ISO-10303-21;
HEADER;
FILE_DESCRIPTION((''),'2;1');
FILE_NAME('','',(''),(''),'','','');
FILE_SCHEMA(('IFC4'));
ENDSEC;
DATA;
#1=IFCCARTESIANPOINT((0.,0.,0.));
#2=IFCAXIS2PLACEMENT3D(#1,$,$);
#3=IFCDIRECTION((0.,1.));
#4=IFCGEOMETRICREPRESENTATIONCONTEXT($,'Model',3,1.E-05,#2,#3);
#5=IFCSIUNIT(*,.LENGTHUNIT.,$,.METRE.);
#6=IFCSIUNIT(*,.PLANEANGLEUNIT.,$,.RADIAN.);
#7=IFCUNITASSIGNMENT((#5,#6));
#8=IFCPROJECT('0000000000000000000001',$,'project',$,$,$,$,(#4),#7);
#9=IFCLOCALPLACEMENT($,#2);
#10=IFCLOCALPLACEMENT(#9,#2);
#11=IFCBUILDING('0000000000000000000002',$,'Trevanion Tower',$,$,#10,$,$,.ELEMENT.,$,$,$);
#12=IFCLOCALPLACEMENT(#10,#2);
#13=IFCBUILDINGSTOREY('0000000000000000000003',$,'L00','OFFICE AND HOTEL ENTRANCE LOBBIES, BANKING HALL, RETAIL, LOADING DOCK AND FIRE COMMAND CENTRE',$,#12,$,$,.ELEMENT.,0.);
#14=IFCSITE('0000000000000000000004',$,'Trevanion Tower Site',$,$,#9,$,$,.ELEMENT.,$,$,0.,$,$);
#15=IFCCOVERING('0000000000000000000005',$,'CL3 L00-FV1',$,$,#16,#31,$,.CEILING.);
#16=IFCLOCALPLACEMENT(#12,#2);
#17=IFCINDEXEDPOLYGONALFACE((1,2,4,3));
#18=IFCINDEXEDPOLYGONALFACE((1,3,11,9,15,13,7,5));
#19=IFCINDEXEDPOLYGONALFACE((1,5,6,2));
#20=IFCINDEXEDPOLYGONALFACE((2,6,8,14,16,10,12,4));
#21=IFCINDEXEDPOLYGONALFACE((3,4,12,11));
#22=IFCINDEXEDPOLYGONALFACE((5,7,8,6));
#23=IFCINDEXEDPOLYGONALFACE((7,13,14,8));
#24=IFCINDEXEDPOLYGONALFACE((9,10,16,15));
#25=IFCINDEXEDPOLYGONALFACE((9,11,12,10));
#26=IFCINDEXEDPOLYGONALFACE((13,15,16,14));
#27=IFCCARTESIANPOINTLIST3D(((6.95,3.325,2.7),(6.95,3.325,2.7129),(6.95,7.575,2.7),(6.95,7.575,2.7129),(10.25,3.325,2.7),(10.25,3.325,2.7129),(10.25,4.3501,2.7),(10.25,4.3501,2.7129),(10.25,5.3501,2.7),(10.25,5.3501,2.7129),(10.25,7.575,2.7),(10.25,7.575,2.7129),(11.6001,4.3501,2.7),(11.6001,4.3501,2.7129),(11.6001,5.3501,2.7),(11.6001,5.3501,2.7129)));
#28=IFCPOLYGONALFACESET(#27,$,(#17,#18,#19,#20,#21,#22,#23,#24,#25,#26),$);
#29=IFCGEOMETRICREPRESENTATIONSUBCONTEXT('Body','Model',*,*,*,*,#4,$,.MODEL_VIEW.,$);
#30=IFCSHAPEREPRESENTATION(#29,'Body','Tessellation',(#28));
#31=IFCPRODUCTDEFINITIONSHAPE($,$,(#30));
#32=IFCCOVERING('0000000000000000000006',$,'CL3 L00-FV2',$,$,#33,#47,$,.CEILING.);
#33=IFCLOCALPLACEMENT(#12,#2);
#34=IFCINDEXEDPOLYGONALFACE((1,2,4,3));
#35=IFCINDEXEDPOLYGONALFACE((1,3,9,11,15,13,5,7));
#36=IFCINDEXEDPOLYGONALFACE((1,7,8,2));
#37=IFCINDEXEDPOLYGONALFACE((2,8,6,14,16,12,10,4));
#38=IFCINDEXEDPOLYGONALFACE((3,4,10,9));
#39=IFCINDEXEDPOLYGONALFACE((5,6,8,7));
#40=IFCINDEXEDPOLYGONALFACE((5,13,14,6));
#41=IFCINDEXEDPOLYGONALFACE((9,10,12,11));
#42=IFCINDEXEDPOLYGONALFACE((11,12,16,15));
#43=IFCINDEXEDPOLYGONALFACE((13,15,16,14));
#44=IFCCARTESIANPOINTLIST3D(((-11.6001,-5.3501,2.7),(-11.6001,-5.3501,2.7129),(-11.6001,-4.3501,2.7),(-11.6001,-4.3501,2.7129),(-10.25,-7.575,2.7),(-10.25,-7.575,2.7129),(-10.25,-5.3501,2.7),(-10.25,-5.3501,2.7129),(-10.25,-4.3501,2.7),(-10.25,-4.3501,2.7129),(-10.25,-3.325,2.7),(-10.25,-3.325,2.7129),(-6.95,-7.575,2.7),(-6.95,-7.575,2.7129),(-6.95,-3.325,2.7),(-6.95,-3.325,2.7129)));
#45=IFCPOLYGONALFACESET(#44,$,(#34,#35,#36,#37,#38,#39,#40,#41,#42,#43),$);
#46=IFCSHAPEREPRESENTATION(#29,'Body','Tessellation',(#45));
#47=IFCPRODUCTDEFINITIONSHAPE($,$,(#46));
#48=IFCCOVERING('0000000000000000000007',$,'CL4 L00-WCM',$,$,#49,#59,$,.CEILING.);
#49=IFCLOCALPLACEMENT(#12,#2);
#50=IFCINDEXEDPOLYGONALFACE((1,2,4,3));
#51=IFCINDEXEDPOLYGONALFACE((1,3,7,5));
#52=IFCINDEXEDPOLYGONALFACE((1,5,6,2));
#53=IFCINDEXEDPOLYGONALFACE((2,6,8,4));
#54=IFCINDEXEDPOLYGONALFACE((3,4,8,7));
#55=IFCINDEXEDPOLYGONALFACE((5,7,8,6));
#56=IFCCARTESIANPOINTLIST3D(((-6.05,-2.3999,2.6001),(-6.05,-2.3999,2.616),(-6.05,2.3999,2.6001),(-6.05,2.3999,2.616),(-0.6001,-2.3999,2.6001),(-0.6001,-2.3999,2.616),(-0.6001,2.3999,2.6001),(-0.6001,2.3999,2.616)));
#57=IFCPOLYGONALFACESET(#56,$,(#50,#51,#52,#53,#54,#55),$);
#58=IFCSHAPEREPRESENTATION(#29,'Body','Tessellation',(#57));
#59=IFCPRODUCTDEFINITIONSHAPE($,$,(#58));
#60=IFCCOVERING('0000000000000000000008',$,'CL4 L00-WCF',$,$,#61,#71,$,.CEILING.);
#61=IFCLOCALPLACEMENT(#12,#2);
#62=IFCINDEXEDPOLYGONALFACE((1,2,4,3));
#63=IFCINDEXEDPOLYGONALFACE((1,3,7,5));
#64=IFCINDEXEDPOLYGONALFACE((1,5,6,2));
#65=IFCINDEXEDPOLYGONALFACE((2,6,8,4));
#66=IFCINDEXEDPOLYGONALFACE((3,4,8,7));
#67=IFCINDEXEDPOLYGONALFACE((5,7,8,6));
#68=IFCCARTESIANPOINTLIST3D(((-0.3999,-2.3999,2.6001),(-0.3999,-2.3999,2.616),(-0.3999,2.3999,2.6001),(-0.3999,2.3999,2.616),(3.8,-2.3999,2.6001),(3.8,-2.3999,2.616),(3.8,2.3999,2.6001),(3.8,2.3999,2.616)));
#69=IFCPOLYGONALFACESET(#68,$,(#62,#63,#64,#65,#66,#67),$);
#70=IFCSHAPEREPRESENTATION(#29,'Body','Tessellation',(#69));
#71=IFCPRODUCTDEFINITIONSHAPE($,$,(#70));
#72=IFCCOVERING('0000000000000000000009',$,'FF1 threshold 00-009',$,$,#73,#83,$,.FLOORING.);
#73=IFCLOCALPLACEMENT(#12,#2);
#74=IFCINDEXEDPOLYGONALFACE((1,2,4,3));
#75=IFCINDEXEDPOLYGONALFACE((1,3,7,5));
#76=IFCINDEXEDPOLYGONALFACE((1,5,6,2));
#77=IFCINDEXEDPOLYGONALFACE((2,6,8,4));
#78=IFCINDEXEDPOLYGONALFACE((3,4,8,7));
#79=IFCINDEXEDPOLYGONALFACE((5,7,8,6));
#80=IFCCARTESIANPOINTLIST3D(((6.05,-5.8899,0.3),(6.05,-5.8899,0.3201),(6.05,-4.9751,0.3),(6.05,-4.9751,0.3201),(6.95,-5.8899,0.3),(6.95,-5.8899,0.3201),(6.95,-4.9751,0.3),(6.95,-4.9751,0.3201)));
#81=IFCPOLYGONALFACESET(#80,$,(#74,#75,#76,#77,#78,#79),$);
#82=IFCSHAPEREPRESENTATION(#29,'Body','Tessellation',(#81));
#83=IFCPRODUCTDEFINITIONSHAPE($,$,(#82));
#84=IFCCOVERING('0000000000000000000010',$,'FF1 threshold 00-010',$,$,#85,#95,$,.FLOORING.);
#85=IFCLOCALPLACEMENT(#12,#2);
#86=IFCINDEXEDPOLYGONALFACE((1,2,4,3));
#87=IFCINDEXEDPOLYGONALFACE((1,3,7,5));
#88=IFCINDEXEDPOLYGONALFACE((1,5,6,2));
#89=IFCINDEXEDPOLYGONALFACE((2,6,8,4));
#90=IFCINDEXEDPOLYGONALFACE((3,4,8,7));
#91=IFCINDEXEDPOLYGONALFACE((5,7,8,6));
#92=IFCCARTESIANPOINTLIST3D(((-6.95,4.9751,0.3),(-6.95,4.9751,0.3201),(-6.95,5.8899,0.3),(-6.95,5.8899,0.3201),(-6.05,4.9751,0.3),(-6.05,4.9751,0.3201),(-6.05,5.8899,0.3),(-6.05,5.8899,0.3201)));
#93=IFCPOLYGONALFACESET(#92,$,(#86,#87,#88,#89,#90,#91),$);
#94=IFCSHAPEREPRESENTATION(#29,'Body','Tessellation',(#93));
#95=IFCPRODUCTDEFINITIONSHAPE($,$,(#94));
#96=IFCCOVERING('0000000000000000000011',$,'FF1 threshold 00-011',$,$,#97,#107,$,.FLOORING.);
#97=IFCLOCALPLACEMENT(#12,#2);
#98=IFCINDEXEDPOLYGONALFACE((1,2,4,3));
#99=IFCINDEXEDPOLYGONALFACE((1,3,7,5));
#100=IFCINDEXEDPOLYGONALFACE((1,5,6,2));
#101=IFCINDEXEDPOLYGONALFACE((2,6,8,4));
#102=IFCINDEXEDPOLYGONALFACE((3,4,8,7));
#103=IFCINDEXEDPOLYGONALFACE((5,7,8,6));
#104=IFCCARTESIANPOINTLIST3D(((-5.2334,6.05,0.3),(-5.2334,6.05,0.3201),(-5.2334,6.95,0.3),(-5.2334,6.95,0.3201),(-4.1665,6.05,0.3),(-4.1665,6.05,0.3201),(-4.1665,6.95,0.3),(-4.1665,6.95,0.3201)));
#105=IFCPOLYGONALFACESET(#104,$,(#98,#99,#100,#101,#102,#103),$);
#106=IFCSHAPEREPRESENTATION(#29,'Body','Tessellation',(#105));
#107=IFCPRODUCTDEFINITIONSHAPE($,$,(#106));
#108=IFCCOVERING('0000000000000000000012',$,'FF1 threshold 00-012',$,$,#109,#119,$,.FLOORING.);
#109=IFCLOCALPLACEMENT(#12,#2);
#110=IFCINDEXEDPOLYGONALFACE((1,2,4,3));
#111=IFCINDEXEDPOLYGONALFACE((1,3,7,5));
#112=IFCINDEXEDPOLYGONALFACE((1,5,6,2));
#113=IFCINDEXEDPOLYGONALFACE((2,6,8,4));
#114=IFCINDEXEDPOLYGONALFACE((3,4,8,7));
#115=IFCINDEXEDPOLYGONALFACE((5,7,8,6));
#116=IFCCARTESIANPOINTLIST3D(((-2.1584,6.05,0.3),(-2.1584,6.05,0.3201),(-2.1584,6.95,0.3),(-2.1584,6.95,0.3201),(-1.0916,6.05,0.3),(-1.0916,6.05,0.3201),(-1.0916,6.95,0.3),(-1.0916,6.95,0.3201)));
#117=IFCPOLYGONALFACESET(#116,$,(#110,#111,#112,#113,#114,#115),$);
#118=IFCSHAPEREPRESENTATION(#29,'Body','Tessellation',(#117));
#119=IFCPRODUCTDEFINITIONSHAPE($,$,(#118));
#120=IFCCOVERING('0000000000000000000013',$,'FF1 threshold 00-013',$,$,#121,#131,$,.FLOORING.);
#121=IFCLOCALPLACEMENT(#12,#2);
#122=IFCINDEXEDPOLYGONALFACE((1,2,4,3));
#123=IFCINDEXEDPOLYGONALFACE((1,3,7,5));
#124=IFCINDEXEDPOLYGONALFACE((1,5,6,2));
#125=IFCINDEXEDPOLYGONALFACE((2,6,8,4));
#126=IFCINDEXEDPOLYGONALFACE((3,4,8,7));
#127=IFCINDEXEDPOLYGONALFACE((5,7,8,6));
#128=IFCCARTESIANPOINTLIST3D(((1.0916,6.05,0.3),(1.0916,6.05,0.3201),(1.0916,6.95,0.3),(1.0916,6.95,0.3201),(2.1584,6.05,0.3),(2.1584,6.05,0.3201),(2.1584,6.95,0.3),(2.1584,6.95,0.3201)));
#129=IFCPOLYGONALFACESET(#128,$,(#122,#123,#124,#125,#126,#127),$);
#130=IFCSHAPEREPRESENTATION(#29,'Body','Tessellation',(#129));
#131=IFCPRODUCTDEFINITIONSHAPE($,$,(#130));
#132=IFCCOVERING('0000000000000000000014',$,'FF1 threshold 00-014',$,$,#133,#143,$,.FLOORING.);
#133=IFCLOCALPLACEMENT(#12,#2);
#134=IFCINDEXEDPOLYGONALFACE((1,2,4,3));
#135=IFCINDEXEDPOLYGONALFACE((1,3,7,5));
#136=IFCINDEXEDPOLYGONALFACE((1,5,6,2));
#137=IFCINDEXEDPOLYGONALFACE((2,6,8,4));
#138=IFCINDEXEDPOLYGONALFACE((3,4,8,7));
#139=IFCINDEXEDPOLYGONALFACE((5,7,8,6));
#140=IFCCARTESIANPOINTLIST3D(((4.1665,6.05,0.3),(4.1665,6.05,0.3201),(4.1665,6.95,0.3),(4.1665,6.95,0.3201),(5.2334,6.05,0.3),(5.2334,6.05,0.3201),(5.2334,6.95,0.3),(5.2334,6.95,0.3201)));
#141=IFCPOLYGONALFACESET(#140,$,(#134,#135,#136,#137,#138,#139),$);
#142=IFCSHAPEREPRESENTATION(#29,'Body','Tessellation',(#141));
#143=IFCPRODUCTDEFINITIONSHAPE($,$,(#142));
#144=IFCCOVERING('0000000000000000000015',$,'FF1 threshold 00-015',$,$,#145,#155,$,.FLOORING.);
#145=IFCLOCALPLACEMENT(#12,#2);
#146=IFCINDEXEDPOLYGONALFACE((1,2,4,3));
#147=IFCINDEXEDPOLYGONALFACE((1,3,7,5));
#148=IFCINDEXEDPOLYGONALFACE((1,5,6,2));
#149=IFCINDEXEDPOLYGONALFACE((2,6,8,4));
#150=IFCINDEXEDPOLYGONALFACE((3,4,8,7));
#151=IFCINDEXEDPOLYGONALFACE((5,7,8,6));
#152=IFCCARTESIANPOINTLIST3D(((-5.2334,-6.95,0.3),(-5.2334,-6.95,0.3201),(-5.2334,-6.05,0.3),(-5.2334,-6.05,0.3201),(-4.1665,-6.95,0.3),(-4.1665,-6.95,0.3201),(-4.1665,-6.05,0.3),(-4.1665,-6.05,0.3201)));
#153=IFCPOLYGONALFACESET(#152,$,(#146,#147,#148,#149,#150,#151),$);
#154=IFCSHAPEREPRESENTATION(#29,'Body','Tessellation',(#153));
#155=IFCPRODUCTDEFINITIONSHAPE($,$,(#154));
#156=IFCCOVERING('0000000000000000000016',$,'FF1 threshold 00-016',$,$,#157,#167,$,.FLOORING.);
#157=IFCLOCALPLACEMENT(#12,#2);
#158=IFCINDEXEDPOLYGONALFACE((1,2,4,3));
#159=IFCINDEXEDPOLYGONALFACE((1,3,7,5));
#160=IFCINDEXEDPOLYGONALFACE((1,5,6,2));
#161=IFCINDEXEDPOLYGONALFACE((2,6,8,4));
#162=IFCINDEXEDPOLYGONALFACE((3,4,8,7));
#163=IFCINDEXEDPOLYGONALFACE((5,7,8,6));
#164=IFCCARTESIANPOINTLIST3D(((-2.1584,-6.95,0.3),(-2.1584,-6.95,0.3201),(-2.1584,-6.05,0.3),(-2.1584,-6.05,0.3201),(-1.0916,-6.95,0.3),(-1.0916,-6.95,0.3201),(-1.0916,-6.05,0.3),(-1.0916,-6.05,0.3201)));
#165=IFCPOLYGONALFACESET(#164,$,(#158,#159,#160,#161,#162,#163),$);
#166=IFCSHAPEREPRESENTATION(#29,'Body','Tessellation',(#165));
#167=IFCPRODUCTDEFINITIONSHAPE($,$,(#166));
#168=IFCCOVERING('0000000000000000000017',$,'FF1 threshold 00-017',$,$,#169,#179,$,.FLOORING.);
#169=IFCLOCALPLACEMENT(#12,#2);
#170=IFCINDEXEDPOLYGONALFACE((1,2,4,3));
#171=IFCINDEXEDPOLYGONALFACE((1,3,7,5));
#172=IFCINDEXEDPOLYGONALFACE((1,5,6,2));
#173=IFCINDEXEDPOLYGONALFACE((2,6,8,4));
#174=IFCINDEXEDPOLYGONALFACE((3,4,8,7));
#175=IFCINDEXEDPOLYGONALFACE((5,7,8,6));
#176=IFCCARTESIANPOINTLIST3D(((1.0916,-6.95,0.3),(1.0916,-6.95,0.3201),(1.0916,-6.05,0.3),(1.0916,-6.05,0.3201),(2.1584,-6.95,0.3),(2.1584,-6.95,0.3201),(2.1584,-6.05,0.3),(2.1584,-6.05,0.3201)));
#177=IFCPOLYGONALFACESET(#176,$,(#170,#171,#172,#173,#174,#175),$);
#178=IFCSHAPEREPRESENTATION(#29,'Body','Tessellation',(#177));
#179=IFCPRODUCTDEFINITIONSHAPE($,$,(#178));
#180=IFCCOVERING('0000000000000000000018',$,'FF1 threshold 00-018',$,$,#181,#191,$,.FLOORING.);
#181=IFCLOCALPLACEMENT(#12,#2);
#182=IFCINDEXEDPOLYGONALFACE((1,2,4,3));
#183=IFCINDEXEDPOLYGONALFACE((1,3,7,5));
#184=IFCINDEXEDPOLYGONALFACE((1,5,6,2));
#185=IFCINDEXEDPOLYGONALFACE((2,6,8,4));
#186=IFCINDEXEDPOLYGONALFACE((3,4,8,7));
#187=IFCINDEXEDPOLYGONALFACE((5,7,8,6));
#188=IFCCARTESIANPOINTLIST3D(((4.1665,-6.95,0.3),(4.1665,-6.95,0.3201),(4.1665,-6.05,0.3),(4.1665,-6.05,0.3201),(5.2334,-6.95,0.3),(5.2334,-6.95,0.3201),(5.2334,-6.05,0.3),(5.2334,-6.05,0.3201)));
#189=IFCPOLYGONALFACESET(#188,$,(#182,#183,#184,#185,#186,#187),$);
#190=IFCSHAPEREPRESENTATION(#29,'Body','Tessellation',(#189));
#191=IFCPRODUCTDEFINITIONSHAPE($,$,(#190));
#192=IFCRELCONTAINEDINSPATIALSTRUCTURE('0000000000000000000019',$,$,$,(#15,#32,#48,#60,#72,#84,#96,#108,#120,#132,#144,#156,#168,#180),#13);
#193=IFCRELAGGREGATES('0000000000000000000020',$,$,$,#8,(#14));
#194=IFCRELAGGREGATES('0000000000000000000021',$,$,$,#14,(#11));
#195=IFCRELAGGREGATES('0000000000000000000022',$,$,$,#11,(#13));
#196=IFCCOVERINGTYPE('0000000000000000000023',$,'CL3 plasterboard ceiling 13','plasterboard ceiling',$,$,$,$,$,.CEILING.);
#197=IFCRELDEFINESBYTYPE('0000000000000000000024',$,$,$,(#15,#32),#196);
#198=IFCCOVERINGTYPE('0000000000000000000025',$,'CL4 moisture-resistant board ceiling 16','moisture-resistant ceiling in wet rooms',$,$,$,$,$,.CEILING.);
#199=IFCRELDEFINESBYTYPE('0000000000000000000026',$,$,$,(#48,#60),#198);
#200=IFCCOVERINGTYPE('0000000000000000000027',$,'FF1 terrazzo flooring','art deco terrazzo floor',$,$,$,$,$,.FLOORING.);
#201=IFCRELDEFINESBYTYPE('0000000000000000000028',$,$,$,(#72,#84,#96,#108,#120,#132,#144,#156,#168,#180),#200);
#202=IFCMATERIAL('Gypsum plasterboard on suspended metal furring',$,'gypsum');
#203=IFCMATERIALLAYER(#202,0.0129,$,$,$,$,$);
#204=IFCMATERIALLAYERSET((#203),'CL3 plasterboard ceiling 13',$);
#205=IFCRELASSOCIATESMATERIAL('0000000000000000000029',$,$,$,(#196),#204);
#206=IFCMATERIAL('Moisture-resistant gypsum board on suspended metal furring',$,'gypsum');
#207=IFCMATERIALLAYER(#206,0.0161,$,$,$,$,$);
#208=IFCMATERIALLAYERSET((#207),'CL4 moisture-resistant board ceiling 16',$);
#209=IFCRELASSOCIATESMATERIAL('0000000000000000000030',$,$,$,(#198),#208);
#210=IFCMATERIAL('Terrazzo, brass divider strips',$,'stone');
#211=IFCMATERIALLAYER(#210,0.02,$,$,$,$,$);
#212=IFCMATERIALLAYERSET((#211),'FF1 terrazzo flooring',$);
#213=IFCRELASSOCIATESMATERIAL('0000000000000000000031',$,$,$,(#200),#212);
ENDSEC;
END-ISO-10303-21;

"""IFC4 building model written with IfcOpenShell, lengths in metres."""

from ifc_helpers import new_model, si_unit, direction, frame, origin, place, context, subcontext, project, spatial, polyline, outline, extrude, material, layer, layer_set, type_object, element, save


model = new_model("IFC4")

# Units and contexts
model_context = context("Model", 3, precision=1e-05, world=origin(), true_north=direction((0.0, 1.0)))
body_context = subcontext(model_context, "Body", "Model", "MODEL_VIEW")
ifc_project = project(units=[si_unit("LENGTHUNIT", "METRE"), si_unit("PLANEANGLEUNIT", "RADIAN")], contexts=[model_context])

# Site, building, storey
site_placement = place(None, origin())
site = spatial("IfcSite", under=ifc_project, at=site_placement, Name="Trevanion Tower Site", CompositionType="ELEMENT", RefElevation=0.0)
building_placement = place(site_placement, origin())
building = spatial("IfcBuilding", under=site, at=building_placement, Name="Trevanion Tower", CompositionType="ELEMENT")
storey_placement = place(building_placement, origin())
storey = spatial("IfcBuildingStorey", under=building, at=storey_placement, Name="L00", Description="OFFICE AND HOTEL ENTRANCE LOBBIES, BANKING HALL, RETAIL, LOADING DOCK AND FIRE COMMAND CENTRE", CompositionType="ELEMENT", Elevation=0.0)

# Coverings
ifc_material_1 = material(Name="Gypsum plasterboard on suspended metal furring", Category="gypsum")
ifc_layer_1 = layer(ifc_material_1, 0.0129)
ifc_layer_set_1 = layer_set([ifc_layer_1], Name="CL3 plasterboard ceiling 13")
covering_type_1 = type_object("IfcCoveringType", Name="CL3 plasterboard ceiling 13", Description="plasterboard ceiling", PredefinedType="CEILING", material=ifc_layer_set_1)
covering_1_placement = place(storey_placement, frame((0.0, 0.0, 2.7)))
element("IfcCovering", 1, at=covering_1_placement, inside=storey, type_object=covering_type_1, Name="CL3 L00-FV1", PredefinedType="CEILING", context=body_context, shape_type="SweptSolid", body=[
    extrude(outline(polyline([(6.95, 3.325), (6.95, 7.575), (10.25, 7.575), (10.25, 5.3501), (11.6001, 5.3501), (11.6001, 4.3501), (10.25, 4.3501), (10.25, 3.325), (6.95, 3.325)])), origin(), (0.0, 0.0, 1.0), 0.0129),
])
covering_2_placement = place(storey_placement, frame((0.0, 0.0, 2.7)))
element("IfcCovering", 2, at=covering_2_placement, inside=storey, type_object=covering_type_1, Name="CL3 L00-FV2", PredefinedType="CEILING", context=body_context, shape_type="SweptSolid", body=[
    extrude(outline(polyline([(-6.95, -3.325), (-6.95, -7.575), (-10.25, -7.575), (-10.25, -5.3501), (-11.6001, -5.3501), (-11.6001, -4.3501), (-10.25, -4.3501), (-10.25, -3.325), (-6.95, -3.325)])), origin(), (0.0, 0.0, 1.0), 0.0129),
])
ifc_material_2 = material(Name="Moisture-resistant gypsum board on suspended metal furring", Category="gypsum")
ifc_layer_2 = layer(ifc_material_2, 0.0161)
ifc_layer_set_2 = layer_set([ifc_layer_2], Name="CL4 moisture-resistant board ceiling 16")
covering_type_2 = type_object("IfcCoveringType", Name="CL4 moisture-resistant board ceiling 16", Description="moisture-resistant ceiling in wet rooms", PredefinedType="CEILING", material=ifc_layer_set_2)
covering_3_placement = place(storey_placement, frame((0.0, 0.0, 2.6001)))
element("IfcCovering", 3, at=covering_3_placement, inside=storey, type_object=covering_type_2, Name="CL4 L00-WCM", PredefinedType="CEILING", context=body_context, shape_type="SweptSolid", body=[
    extrude(outline(polyline([(-6.05, -2.3999), (-6.05, 2.3999), (-0.6001, 2.3999), (-0.6001, -2.3999), (-6.05, -2.3999)])), origin(), (0.0, 0.0, 1.0), 0.0159),
])
covering_4_placement = place(storey_placement, frame((0.0, 0.0, 2.6001)))
element("IfcCovering", 4, at=covering_4_placement, inside=storey, type_object=covering_type_2, Name="CL4 L00-WCF", PredefinedType="CEILING", context=body_context, shape_type="SweptSolid", body=[
    extrude(outline(polyline([(-0.3999, -2.3999), (-0.3999, 2.3999), (3.8, 2.3999), (3.8, -2.3999), (-0.3999, -2.3999)])), origin(), (0.0, 0.0, 1.0), 0.0159),
])
ifc_material_3 = material(Name="Terrazzo, brass divider strips", Category="stone")
ifc_layer_3 = layer(ifc_material_3, 0.02)
ifc_layer_set_3 = layer_set([ifc_layer_3], Name="FF1 terrazzo flooring")
covering_type_3 = type_object("IfcCoveringType", Name="FF1 terrazzo flooring", Description="art deco terrazzo floor", PredefinedType="FLOORING", material=ifc_layer_set_3)
covering_5_placement = place(storey_placement, frame((0.0, 0.0, 0.3)))
element("IfcCovering", 5, at=covering_5_placement, inside=storey, type_object=covering_type_3, Name="FF1 threshold 00-009", PredefinedType="FLOORING", context=body_context, shape_type="SweptSolid", body=[
    extrude(outline(polyline([(6.95, -5.8899), (6.95, -4.9751), (6.05, -4.9751), (6.05, -5.8899), (6.95, -5.8899)])), origin(), (0.0, 0.0, 1.0), 0.02),
])
covering_6_placement = place(storey_placement, frame((0.0, 0.0, 0.3)))
element("IfcCovering", 6, at=covering_6_placement, inside=storey, type_object=covering_type_3, Name="FF1 threshold 00-010", PredefinedType="FLOORING", context=body_context, shape_type="SweptSolid", body=[
    extrude(outline(polyline([(-6.95, 5.8899), (-6.95, 4.9751), (-6.05, 4.9751), (-6.05, 5.8899), (-6.95, 5.8899)])), origin(), (0.0, 0.0, 1.0), 0.02),
])
covering_7_placement = place(storey_placement, frame((0.0, 0.0, 0.3)))
element("IfcCovering", 7, at=covering_7_placement, inside=storey, type_object=covering_type_3, Name="FF1 threshold 00-011", PredefinedType="FLOORING", context=body_context, shape_type="SweptSolid", body=[
    extrude(outline(polyline([(-4.1665, 6.95), (-5.2334, 6.95), (-5.2334, 6.05), (-4.1665, 6.05), (-4.1665, 6.95)])), origin(), (0.0, 0.0, 1.0), 0.02),
])
covering_8_placement = place(storey_placement, frame((0.0, 0.0, 0.3)))
element("IfcCovering", 8, at=covering_8_placement, inside=storey, type_object=covering_type_3, Name="FF1 threshold 00-012", PredefinedType="FLOORING", context=body_context, shape_type="SweptSolid", body=[
    extrude(outline(polyline([(-1.0916, 6.95), (-2.1584, 6.95), (-2.1584, 6.05), (-1.0916, 6.05), (-1.0916, 6.95)])), origin(), (0.0, 0.0, 1.0), 0.02),
])
covering_9_placement = place(storey_placement, frame((0.0, 0.0, 0.3)))
element("IfcCovering", 9, at=covering_9_placement, inside=storey, type_object=covering_type_3, Name="FF1 threshold 00-013", PredefinedType="FLOORING", context=body_context, shape_type="SweptSolid", body=[
    extrude(outline(polyline([(2.1584, 6.95), (1.0916, 6.95), (1.0916, 6.05), (2.1584, 6.05), (2.1584, 6.95)])), origin(), (0.0, 0.0, 1.0), 0.02),
])
covering_10_placement = place(storey_placement, frame((0.0, 0.0, 0.3)))
element("IfcCovering", 10, at=covering_10_placement, inside=storey, type_object=covering_type_3, Name="FF1 threshold 00-014", PredefinedType="FLOORING", context=body_context, shape_type="SweptSolid", body=[
    extrude(outline(polyline([(5.2334, 6.95), (4.1665, 6.95), (4.1665, 6.05), (5.2334, 6.05), (5.2334, 6.95)])), origin(), (0.0, 0.0, 1.0), 0.02),
])
covering_11_placement = place(storey_placement, frame((0.0, 0.0, 0.3)))
element("IfcCovering", 11, at=covering_11_placement, inside=storey, type_object=covering_type_3, Name="FF1 threshold 00-015", PredefinedType="FLOORING", context=body_context, shape_type="SweptSolid", body=[
    extrude(outline(polyline([(-5.2334, -6.95), (-4.1665, -6.95), (-4.1665, -6.05), (-5.2334, -6.05), (-5.2334, -6.95)])), origin(), (0.0, 0.0, 1.0), 0.02),
])
covering_12_placement = place(storey_placement, frame((0.0, 0.0, 0.3)))
element("IfcCovering", 12, at=covering_12_placement, inside=storey, type_object=covering_type_3, Name="FF1 threshold 00-016", PredefinedType="FLOORING", context=body_context, shape_type="SweptSolid", body=[
    extrude(outline(polyline([(-2.1584, -6.95), (-1.0916, -6.95), (-1.0916, -6.05), (-2.1584, -6.05), (-2.1584, -6.95)])), origin(), (0.0, 0.0, 1.0), 0.02),
])
covering_13_placement = place(storey_placement, frame((0.0, 0.0, 0.3)))
element("IfcCovering", 13, at=covering_13_placement, inside=storey, type_object=covering_type_3, Name="FF1 threshold 00-017", PredefinedType="FLOORING", context=body_context, shape_type="SweptSolid", body=[
    extrude(outline(polyline([(1.0916, -6.95), (2.1584, -6.95), (2.1584, -6.05), (1.0916, -6.05), (1.0916, -6.95)])), origin(), (0.0, 0.0, 1.0), 0.02),
])
covering_14_placement = place(storey_placement, frame((0.0, 0.0, 0.3)))
element("IfcCovering", 14, at=covering_14_placement, inside=storey, type_object=covering_type_3, Name="FF1 threshold 00-018", PredefinedType="FLOORING", context=body_context, shape_type="SweptSolid", body=[
    extrude(outline(polyline([(4.1665, -6.95), (5.2334, -6.95), (5.2334, -6.05), (4.1665, -6.05), (4.1665, -6.95)])), origin(), (0.0, 0.0, 1.0), 0.02),
])

save(model, "model.ifc")
